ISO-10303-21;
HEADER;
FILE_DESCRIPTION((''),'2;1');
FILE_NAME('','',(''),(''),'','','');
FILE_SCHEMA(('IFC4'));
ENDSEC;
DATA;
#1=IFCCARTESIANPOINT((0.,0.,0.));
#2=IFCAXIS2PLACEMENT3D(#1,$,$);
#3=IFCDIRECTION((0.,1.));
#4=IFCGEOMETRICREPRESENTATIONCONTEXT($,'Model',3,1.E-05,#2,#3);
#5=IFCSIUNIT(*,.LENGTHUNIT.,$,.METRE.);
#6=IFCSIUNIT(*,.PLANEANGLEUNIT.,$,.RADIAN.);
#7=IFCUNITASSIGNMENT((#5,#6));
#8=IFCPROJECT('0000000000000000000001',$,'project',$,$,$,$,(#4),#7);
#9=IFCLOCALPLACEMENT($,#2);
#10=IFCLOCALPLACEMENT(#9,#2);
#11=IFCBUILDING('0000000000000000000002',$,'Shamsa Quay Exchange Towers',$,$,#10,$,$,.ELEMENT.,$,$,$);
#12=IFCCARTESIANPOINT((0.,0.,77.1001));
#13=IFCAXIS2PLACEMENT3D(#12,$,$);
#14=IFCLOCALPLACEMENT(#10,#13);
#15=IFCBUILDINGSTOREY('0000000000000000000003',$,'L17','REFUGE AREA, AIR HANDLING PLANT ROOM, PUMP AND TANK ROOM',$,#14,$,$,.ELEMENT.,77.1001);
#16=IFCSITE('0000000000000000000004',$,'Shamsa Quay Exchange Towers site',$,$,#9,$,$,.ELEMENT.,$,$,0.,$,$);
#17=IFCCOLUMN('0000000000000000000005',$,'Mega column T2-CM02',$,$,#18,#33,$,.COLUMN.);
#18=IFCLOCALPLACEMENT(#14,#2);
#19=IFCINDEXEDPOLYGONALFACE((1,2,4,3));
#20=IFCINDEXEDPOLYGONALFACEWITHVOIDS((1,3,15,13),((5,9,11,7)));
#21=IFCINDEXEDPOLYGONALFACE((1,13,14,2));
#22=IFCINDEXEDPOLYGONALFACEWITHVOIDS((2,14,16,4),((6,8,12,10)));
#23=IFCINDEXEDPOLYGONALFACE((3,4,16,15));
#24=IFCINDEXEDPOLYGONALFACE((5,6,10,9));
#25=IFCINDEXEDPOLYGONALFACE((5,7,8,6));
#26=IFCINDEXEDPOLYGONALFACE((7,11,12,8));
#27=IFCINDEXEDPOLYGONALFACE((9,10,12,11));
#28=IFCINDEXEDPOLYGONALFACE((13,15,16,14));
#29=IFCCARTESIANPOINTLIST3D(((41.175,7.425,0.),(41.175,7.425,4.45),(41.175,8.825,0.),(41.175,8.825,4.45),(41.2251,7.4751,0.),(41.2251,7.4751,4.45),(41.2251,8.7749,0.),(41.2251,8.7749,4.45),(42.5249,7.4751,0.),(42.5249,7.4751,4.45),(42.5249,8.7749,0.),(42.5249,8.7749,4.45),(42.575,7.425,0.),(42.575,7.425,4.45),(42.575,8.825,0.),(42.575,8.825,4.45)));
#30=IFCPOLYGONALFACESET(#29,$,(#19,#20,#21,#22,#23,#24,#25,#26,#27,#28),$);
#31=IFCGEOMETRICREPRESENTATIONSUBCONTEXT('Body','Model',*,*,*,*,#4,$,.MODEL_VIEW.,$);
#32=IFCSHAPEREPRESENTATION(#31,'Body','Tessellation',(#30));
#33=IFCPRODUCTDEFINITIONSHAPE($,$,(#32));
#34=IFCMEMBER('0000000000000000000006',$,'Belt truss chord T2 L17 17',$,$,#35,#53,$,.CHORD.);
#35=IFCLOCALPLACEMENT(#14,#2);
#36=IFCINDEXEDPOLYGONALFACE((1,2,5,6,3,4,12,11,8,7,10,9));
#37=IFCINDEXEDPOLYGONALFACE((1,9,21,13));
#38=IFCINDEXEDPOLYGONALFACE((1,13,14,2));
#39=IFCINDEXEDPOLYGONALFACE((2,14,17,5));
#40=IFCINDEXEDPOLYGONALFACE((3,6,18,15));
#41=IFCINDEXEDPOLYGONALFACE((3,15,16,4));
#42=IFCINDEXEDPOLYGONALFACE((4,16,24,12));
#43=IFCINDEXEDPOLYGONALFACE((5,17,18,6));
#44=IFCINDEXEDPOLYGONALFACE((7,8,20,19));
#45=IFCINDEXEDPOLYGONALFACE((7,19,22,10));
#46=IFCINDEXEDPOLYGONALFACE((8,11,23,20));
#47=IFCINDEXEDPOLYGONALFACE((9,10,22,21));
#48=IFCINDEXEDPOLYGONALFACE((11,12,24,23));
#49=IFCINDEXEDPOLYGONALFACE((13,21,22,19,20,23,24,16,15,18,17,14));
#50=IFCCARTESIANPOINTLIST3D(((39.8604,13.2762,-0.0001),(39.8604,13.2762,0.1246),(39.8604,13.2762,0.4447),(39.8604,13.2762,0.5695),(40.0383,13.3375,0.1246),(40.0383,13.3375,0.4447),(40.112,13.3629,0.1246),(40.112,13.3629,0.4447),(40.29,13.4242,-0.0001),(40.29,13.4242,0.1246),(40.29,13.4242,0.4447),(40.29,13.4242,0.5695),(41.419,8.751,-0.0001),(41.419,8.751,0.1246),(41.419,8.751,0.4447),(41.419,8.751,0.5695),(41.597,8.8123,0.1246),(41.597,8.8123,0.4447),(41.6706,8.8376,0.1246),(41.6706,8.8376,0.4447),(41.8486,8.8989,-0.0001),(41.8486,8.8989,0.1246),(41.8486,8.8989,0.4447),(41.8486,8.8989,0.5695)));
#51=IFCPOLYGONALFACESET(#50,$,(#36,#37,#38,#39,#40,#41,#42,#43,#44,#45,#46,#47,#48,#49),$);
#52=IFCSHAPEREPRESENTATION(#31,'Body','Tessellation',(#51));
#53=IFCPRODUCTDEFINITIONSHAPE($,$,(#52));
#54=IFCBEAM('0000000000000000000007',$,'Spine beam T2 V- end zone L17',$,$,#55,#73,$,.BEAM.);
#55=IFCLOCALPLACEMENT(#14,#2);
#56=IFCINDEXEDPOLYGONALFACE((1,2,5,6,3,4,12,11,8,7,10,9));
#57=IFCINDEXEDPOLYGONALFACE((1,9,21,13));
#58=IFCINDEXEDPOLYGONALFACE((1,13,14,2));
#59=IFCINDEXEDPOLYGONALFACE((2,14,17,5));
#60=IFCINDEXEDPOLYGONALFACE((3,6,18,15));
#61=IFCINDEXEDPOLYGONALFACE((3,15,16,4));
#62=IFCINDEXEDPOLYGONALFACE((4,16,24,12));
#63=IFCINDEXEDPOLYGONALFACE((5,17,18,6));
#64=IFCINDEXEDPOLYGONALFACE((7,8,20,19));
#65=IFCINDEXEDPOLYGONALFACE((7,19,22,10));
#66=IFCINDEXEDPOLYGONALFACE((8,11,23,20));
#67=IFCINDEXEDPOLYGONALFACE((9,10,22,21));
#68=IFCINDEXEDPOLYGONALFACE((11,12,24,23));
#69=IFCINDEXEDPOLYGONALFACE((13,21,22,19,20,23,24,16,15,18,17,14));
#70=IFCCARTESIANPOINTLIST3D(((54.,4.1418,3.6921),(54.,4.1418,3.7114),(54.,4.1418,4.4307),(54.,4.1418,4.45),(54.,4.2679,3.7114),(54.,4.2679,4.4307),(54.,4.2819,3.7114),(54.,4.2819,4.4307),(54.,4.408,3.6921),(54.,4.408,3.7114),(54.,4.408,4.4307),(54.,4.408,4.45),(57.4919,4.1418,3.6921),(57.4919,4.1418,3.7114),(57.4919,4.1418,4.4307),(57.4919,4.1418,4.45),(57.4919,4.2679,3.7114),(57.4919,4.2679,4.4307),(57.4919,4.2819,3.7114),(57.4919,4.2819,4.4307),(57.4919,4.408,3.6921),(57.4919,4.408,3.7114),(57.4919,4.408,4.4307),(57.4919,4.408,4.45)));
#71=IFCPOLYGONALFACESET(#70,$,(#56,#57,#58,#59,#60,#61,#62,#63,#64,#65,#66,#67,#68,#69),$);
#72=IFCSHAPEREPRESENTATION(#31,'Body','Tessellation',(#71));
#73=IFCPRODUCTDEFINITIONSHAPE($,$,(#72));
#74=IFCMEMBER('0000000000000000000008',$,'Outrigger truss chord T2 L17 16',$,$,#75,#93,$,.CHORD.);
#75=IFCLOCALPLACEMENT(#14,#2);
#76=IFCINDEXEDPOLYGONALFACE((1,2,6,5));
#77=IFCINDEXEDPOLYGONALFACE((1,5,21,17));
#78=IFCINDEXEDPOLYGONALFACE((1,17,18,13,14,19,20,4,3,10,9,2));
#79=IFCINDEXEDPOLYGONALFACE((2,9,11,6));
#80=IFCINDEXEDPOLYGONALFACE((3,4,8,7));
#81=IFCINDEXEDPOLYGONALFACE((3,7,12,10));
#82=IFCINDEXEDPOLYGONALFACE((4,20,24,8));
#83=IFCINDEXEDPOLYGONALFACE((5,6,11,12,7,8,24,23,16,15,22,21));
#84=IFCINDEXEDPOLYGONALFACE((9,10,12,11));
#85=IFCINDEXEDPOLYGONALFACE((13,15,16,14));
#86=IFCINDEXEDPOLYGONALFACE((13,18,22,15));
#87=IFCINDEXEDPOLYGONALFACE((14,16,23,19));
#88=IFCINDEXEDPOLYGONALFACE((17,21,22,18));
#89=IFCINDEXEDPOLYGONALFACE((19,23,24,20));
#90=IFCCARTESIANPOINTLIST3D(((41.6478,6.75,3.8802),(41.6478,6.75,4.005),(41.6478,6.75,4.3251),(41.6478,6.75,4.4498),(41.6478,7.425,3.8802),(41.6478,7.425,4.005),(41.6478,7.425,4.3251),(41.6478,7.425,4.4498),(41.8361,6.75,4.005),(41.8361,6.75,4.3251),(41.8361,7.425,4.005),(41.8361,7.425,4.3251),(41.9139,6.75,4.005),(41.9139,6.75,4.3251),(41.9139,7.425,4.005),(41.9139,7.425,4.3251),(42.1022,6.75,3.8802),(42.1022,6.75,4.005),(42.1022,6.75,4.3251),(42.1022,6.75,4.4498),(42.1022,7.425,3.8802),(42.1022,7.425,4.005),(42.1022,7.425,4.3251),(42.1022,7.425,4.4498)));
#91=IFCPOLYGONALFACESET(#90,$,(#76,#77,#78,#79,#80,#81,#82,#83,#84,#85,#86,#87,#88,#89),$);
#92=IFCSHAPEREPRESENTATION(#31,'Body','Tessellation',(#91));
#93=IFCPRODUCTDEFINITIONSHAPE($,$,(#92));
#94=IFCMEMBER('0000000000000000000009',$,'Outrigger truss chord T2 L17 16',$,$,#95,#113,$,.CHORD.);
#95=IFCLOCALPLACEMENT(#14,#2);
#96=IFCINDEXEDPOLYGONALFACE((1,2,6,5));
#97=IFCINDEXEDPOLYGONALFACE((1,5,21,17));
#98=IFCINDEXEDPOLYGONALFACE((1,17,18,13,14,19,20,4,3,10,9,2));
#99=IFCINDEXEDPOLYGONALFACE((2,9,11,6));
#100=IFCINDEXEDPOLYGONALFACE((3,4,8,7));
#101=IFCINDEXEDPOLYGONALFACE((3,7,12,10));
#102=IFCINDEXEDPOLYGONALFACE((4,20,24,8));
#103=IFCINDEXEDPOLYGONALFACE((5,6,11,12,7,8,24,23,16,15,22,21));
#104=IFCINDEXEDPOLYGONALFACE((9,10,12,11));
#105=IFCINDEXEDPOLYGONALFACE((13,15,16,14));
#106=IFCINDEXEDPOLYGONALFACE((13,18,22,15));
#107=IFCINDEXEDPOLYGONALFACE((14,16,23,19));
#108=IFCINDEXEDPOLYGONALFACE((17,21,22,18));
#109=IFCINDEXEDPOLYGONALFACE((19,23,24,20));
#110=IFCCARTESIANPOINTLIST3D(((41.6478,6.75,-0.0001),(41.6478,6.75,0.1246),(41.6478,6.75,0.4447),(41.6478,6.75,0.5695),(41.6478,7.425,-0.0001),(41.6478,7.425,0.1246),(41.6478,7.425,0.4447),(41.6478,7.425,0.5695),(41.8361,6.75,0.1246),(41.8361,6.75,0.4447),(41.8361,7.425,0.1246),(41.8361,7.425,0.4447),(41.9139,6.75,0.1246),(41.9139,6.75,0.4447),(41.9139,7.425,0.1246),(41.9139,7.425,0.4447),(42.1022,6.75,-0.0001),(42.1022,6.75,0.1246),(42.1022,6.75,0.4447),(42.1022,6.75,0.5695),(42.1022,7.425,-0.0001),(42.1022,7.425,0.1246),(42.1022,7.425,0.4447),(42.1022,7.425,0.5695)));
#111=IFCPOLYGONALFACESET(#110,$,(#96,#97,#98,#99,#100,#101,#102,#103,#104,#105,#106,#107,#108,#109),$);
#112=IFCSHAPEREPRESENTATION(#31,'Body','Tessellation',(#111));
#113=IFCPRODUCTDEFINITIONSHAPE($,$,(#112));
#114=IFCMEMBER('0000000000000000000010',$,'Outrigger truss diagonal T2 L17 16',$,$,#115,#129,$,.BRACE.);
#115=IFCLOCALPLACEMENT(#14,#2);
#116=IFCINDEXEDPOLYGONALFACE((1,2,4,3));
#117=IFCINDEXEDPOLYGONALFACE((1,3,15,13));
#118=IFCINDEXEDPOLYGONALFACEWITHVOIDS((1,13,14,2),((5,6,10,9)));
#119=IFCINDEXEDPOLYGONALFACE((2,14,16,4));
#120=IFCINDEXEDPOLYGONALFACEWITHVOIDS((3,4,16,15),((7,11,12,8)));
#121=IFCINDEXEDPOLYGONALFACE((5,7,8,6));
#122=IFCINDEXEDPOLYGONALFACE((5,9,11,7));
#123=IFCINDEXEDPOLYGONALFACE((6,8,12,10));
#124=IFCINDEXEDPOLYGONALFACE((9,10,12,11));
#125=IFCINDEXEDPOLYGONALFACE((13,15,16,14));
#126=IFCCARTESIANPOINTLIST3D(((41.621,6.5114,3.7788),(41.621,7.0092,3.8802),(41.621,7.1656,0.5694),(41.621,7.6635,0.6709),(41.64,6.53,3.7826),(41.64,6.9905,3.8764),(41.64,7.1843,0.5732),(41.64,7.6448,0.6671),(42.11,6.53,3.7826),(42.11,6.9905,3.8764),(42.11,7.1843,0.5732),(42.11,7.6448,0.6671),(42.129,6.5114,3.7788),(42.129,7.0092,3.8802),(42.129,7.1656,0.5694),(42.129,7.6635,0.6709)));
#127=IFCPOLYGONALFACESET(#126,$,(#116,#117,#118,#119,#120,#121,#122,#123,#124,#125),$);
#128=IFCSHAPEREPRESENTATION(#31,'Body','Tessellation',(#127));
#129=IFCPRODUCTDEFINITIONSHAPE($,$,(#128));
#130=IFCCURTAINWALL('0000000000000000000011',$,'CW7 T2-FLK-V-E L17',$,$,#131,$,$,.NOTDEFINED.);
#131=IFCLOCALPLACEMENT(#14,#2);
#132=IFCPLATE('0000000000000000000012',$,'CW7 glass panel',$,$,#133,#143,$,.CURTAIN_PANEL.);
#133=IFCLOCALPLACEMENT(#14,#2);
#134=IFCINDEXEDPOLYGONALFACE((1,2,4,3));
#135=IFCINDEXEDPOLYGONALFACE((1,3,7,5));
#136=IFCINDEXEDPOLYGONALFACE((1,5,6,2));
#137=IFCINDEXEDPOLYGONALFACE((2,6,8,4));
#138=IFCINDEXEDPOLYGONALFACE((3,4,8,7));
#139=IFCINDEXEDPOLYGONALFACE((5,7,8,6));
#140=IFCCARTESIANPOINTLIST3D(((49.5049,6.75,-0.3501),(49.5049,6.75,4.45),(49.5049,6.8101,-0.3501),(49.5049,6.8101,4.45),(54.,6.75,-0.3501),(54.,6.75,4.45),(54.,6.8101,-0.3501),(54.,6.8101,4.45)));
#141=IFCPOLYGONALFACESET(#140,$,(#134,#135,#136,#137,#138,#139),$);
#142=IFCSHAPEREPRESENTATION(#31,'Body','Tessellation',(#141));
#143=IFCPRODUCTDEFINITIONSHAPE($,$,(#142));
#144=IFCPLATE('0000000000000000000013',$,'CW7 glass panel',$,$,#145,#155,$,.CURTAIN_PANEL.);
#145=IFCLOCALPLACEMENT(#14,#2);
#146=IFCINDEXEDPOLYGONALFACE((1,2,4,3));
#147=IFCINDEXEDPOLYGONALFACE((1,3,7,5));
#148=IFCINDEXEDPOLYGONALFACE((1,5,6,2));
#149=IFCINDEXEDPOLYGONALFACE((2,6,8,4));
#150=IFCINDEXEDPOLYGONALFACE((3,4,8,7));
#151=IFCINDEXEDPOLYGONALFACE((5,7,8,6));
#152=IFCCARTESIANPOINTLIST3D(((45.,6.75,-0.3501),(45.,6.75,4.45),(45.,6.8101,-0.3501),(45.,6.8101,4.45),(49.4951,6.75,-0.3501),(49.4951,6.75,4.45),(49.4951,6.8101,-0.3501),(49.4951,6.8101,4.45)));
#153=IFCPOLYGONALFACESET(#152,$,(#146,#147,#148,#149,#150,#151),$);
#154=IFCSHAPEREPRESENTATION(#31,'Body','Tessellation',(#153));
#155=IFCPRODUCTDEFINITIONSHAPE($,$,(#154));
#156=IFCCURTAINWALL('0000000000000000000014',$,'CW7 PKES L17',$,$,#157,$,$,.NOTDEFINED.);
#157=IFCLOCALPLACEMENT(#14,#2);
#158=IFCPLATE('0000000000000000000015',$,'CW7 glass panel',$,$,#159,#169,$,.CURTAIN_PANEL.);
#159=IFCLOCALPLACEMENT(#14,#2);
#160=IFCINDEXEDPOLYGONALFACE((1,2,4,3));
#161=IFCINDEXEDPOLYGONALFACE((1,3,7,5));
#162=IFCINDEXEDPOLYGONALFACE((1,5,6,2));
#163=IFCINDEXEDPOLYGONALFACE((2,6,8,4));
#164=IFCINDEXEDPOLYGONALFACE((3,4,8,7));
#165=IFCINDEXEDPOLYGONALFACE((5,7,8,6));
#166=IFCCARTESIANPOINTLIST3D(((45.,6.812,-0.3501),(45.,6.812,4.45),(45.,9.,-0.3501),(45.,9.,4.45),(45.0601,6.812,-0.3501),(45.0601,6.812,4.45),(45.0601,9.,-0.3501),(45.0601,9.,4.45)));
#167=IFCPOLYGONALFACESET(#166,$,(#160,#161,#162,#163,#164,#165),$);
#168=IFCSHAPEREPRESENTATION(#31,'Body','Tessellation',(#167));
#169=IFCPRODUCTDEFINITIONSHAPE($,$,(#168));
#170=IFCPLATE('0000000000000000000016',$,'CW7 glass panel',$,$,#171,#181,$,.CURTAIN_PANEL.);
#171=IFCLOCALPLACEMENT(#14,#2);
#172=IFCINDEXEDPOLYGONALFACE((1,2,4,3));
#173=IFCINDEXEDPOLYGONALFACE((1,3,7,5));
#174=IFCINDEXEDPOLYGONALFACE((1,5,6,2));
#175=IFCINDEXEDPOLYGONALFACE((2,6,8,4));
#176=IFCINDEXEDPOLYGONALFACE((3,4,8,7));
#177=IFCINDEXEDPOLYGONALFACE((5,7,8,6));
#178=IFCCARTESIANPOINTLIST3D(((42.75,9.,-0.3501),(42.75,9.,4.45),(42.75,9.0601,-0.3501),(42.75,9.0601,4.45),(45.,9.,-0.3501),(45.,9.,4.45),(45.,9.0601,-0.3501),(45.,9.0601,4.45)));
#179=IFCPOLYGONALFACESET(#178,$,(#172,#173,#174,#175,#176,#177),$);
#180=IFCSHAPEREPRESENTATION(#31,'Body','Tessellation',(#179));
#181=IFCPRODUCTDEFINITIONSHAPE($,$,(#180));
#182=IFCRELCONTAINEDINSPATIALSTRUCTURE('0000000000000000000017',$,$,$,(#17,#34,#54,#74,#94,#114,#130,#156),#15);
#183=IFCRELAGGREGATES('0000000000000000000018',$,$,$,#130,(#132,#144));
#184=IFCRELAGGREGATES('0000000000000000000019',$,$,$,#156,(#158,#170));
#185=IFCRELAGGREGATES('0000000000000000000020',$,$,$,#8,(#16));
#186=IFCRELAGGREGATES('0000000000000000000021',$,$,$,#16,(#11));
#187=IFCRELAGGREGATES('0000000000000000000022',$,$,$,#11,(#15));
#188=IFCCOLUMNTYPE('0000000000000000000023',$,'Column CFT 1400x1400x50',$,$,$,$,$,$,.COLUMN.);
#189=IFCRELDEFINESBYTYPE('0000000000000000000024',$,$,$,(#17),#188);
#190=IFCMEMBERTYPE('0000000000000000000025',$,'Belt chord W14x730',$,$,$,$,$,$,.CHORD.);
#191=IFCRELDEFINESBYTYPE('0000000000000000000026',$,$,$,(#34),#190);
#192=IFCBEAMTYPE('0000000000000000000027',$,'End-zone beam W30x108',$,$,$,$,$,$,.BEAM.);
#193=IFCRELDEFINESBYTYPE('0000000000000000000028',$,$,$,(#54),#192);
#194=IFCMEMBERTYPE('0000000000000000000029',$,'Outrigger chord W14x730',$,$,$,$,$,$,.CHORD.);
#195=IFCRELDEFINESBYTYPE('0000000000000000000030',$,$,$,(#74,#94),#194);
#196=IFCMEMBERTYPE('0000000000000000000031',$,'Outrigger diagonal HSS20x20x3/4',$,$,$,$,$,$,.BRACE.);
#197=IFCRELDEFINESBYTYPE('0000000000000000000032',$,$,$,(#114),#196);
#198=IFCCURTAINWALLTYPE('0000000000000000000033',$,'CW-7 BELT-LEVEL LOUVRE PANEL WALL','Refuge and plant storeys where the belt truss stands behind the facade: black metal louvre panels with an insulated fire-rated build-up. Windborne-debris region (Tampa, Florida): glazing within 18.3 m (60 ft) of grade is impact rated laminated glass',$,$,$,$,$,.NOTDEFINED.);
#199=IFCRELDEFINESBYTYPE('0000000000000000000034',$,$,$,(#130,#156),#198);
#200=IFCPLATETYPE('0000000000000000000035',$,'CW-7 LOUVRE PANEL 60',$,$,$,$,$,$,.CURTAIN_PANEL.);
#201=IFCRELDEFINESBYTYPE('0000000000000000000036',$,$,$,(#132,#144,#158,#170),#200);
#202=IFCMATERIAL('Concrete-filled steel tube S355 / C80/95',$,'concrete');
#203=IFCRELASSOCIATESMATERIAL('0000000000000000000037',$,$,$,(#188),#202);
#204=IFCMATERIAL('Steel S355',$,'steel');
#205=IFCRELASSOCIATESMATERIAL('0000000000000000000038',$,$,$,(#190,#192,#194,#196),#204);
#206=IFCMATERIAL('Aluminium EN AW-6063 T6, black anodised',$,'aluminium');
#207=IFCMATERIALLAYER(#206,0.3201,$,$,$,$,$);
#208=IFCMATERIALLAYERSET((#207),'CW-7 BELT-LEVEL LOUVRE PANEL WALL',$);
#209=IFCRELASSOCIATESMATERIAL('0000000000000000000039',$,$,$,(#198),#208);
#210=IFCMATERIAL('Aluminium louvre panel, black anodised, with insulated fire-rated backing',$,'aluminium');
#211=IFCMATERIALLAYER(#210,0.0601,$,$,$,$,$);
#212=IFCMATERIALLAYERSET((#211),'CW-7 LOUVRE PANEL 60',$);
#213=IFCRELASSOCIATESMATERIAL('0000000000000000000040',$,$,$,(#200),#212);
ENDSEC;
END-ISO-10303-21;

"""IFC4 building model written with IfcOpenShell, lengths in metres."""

from ifc_helpers import new_model, si_unit, direction, frame, origin, origin_2d, place, context, subcontext, project, spatial, rectangle, hollow_rectangle, i_section, extrude, material, layer, layer_set, material_profile, profile_set, type_object, element, aggregate, save


model = new_model("IFC4")

# Units and contexts
model_context = context("Model", 3, precision=1e-05, world=origin(), true_north=direction((0.0, 1.0)))
body_context = subcontext(model_context, "Body", "Model", "MODEL_VIEW")
ifc_project = project(units=[si_unit("LENGTHUNIT", "METRE"), si_unit("PLANEANGLEUNIT", "RADIAN")], contexts=[model_context])

# Site, building, storey
site_placement = place(None, origin())
site = spatial("IfcSite", under=ifc_project, at=site_placement, Name="Shamsa Quay Exchange Towers site", CompositionType="ELEMENT", RefElevation=0.0)
building_placement = place(site_placement, origin())
building = spatial("IfcBuilding", under=site, at=building_placement, Name="Shamsa Quay Exchange Towers", CompositionType="ELEMENT")
storey_placement = place(building_placement, frame((0.0, 0.0, 77.1001)))
storey = spatial("IfcBuildingStorey", under=building, at=storey_placement, Name="L17", Description="REFUGE AREA, AIR HANDLING PLANT ROOM, PUMP AND TANK ROOM", CompositionType="ELEMENT", Elevation=77.1001)

# Column
ifc_material_1 = material(Name="Concrete-filled steel tube S355 / C80/95", Category="concrete")
ifc_material_profile_1 = material_profile(ifc_material_1, hollow_rectangle(XDim=1.3999, YDim=1.3999, WallThickness=0.05, at=origin_2d()), Name="CFT 1400x1400x50")
ifc_profile_set_1 = profile_set([ifc_material_profile_1], Name="Concrete-filled steel tube S355 / C80/95")
column_type = type_object("IfcColumnType", Name="Column CFT 1400x1400x50", PredefinedType="COLUMN", material=ifc_profile_set_1)
column_placement = place(storey_placement, frame((41.875, 8.125, 0.0)))
element("IfcColumn", 1, at=column_placement, inside=storey, type_object=column_type, Name="Mega column T2-CM02", PredefinedType="COLUMN", context=body_context, shape_type="SweptSolid", body=[
    extrude(hollow_rectangle(XDim=1.3999, YDim=1.3999, WallThickness=0.05, at=origin_2d()), origin(), (0.0, 0.0, 1.0), 4.45),
])

# Member
ifc_material_2 = material(Name="Steel S355", Category="steel")
ifc_material_profile_2 = material_profile(ifc_material_2, i_section(OverallWidth=0.4543, OverallDepth=0.5696, WebThickness=0.0779, FlangeThickness=0.1248, at=origin_2d()), Name="W14x730")
ifc_profile_set_2 = profile_set([ifc_material_profile_2], Name="Steel S355")
member_type_1 = type_object("IfcMemberType", Name="Belt chord W14x730", PredefinedType="CHORD", material=ifc_profile_set_2)
member_1_placement = place(storey_placement, frame((41.6338, 8.825, 0.2847), z_axis=(-0.325654, 0.945489, 0.0), x_axis=(-0.945489, -0.325654, 0.0)))
element("IfcMember", 2, at=member_1_placement, inside=storey, type_object=member_type_1, Name="Belt truss chord T2 L17 17", PredefinedType="CHORD", context=body_context, shape_type="SweptSolid", body=[
    extrude(i_section(OverallWidth=0.4543, OverallDepth=0.5696, WebThickness=0.0779, FlangeThickness=0.1248, at=origin_2d()), origin(), (0.0, 0.0, 1.0), 4.7861),
])

# Beam
ifc_material_profile_3 = material_profile(ifc_material_2, i_section(OverallWidth=0.2661, OverallDepth=0.7578, WebThickness=0.0139, FlangeThickness=0.0193, at=origin_2d()), Name="W30x108")
ifc_profile_set_3 = profile_set([ifc_material_profile_3], Name="Steel S355")
beam_type = type_object("IfcBeamType", Name="End-zone beam W30x108", PredefinedType="BEAM", material=ifc_profile_set_3)
beam_placement = place(storey_placement, frame((54.0, 4.2749, 4.071), z_axis=(1.0, 0.0, 0.0), x_axis=(0.0, 1.0, 0.0)))
element("IfcBeam", 3, at=beam_placement, inside=storey, type_object=beam_type, Name="Spine beam T2 V- end zone L17", PredefinedType="BEAM", context=body_context, shape_type="SweptSolid", body=[
    extrude(i_section(OverallWidth=0.2661, OverallDepth=0.7578, WebThickness=0.0139, FlangeThickness=0.0193, at=origin_2d()), origin(), (0.0, 0.0, 1.0), 3.4919),
])

# Members
ifc_material_profile_4 = material_profile(ifc_material_2, i_section(OverallWidth=0.4543, OverallDepth=0.5696, WebThickness=0.0779, FlangeThickness=0.1248, at=origin_2d()), Name="W14x730")
ifc_profile_set_4 = profile_set([ifc_material_profile_4], Name="Steel S355")
member_type_2 = type_object("IfcMemberType", Name="Outrigger chord W14x730", PredefinedType="CHORD", material=ifc_profile_set_4)
for number, where, z_axis, x_axis, name in (
    (4, (41.875, 7.425, 4.165), (0.0, -1.0, 0.0), (1.0, 0.0, 0.0), "Outrigger truss chord T2 L17 16"),
    (5, (41.875, 7.425, 0.2847), (0.0, -1.0, 0.0), (1.0, 0.0, 0.0), "Outrigger truss chord T2 L17 16"),
):
    element("IfcMember", number, at=place(storey_placement, frame(where, z_axis=z_axis, x_axis=x_axis)), inside=storey, type_object=member_type_2, Name=name, PredefinedType="CHORD", context=body_context, shape_type="SweptSolid", body=[
        extrude(i_section(OverallWidth=0.4543, OverallDepth=0.5696, WebThickness=0.0779, FlangeThickness=0.1248, at=origin_2d()), origin(), (0.0, 0.0, 1.0), 0.675),
    ])
ifc_material_profile_5 = material_profile(ifc_material_2, hollow_rectangle(XDim=0.5081, YDim=0.5081, WallThickness=0.019, at=origin_2d()), Name="HSS20x20x3/4")
ifc_profile_set_5 = profile_set([ifc_material_profile_5], Name="Steel S355")
member_type_3 = type_object("IfcMemberType", Name="Outrigger diagonal HSS20x20x3/4", PredefinedType="BRACE", material=ifc_profile_set_5)
member_2_placement = place(storey_placement, frame((41.875, 7.4146, 0.6201), z_axis=(0.0, -0.199756, 0.979846), x_axis=(1.0, 0.0, 0.0)))
element("IfcMember", 6, at=member_2_placement, inside=storey, type_object=member_type_3, Name="Outrigger truss diagonal T2 L17 16", PredefinedType="BRACE", context=body_context, shape_type="SweptSolid", body=[
    extrude(hollow_rectangle(XDim=0.5081, YDim=0.5081, WallThickness=0.019, at=origin_2d()), origin(), (0.0, 0.0, 1.0), 3.2754),
])

# Curtain walls, plates
ifc_material_3 = material(Name="Aluminium EN AW-6063 T6, black anodised", Category="aluminium")
ifc_layer_1 = layer(ifc_material_3, 0.3201)
ifc_layer_set_1 = layer_set([ifc_layer_1], Name="CW-7 BELT-LEVEL LOUVRE PANEL WALL")
curtain_wall_type = type_object("IfcCurtainWallType", Name="CW-7 BELT-LEVEL LOUVRE PANEL WALL", Description="Refuge and plant storeys where the belt truss stands behind the facade: black metal louvre panels with an insulated fire-rated build-up. Windborne-debris region (Tampa, Florida): glazing within 18.3 m (60 ft) of grade is impact rated laminated glass", PredefinedType="NOTDEFINED", material=ifc_layer_set_1)
curtain_wall_1_placement = place(storey_placement, origin())
curtain_wall_1 = element("IfcCurtainWall", 7, at=curtain_wall_1_placement, inside=storey, type_object=curtain_wall_type, Name="CW7 T2-FLK-V-E L17", PredefinedType="NOTDEFINED")
ifc_material_4 = material(Name="Aluminium louvre panel, black anodised, with insulated fire-rated backing", Category="aluminium")
ifc_layer_2 = layer(ifc_material_4, 0.0601)
ifc_layer_set_2 = layer_set([ifc_layer_2], Name="CW-7 LOUVRE PANEL 60")
plate_type = type_object("IfcPlateType", Name="CW-7 LOUVRE PANEL 60", PredefinedType="CURTAIN_PANEL", material=ifc_layer_set_2)
plate_1_placement = place(storey_placement, frame((51.7524, 6.78, -0.3501), z_axis=(0.0, 0.0, 1.0), x_axis=(-1.0, 0.0, 0.0)))
plate_1 = element("IfcPlate", 8, at=plate_1_placement, type_object=plate_type, Name="CW7 glass panel", PredefinedType="CURTAIN_PANEL", context=body_context, shape_type="SweptSolid", body=[
    extrude(rectangle(XDim=4.4951, YDim=0.0601, at=origin_2d()), origin(), (0.0, 0.0, 1.0), 4.8),
])
plate_2_placement = place(storey_placement, frame((47.2476, 6.78, -0.3501), z_axis=(0.0, 0.0, 1.0), x_axis=(-1.0, 0.0, 0.0)))
plate_2 = element("IfcPlate", 9, at=plate_2_placement, type_object=plate_type, Name="CW7 glass panel", PredefinedType="CURTAIN_PANEL", context=body_context, shape_type="SweptSolid", body=[
    extrude(rectangle(XDim=4.4951, YDim=0.0601, at=origin_2d()), origin(), (0.0, 0.0, 1.0), 4.8),
])
aggregate(curtain_wall_1, [plate_1, plate_2])
curtain_wall_2_placement = place(storey_placement, origin())
curtain_wall_2 = element("IfcCurtainWall", 10, at=curtain_wall_2_placement, inside=storey, type_object=curtain_wall_type, Name="CW7 PKES L17", PredefinedType="NOTDEFINED")
plate_3_placement = place(storey_placement, frame((45.03, 7.906, -0.3501), z_axis=(0.0, 0.0, 1.0), x_axis=(0.0, 1.0, 0.0)))
plate_3 = element("IfcPlate", 11, at=plate_3_placement, type_object=plate_type, Name="CW7 glass panel", PredefinedType="CURTAIN_PANEL", context=body_context, shape_type="SweptSolid", body=[
    extrude(rectangle(XDim=2.188, YDim=0.0601, at=origin_2d()), origin(), (0.0, 0.0, 1.0), 4.8),
])
plate_4_placement = place(storey_placement, frame((43.875, 9.03, -0.3501), z_axis=(0.0, 0.0, 1.0), x_axis=(-1.0, 0.0, 0.0)))
plate_4 = element("IfcPlate", 12, at=plate_4_placement, type_object=plate_type, Name="CW7 glass panel", PredefinedType="CURTAIN_PANEL", context=body_context, shape_type="SweptSolid", body=[
    extrude(rectangle(XDim=2.25, YDim=0.0601, at=origin_2d()), origin(), (0.0, 0.0, 1.0), 4.8),
])
aggregate(curtain_wall_2, [plate_3, plate_4])

save(model, "model.ifc")
